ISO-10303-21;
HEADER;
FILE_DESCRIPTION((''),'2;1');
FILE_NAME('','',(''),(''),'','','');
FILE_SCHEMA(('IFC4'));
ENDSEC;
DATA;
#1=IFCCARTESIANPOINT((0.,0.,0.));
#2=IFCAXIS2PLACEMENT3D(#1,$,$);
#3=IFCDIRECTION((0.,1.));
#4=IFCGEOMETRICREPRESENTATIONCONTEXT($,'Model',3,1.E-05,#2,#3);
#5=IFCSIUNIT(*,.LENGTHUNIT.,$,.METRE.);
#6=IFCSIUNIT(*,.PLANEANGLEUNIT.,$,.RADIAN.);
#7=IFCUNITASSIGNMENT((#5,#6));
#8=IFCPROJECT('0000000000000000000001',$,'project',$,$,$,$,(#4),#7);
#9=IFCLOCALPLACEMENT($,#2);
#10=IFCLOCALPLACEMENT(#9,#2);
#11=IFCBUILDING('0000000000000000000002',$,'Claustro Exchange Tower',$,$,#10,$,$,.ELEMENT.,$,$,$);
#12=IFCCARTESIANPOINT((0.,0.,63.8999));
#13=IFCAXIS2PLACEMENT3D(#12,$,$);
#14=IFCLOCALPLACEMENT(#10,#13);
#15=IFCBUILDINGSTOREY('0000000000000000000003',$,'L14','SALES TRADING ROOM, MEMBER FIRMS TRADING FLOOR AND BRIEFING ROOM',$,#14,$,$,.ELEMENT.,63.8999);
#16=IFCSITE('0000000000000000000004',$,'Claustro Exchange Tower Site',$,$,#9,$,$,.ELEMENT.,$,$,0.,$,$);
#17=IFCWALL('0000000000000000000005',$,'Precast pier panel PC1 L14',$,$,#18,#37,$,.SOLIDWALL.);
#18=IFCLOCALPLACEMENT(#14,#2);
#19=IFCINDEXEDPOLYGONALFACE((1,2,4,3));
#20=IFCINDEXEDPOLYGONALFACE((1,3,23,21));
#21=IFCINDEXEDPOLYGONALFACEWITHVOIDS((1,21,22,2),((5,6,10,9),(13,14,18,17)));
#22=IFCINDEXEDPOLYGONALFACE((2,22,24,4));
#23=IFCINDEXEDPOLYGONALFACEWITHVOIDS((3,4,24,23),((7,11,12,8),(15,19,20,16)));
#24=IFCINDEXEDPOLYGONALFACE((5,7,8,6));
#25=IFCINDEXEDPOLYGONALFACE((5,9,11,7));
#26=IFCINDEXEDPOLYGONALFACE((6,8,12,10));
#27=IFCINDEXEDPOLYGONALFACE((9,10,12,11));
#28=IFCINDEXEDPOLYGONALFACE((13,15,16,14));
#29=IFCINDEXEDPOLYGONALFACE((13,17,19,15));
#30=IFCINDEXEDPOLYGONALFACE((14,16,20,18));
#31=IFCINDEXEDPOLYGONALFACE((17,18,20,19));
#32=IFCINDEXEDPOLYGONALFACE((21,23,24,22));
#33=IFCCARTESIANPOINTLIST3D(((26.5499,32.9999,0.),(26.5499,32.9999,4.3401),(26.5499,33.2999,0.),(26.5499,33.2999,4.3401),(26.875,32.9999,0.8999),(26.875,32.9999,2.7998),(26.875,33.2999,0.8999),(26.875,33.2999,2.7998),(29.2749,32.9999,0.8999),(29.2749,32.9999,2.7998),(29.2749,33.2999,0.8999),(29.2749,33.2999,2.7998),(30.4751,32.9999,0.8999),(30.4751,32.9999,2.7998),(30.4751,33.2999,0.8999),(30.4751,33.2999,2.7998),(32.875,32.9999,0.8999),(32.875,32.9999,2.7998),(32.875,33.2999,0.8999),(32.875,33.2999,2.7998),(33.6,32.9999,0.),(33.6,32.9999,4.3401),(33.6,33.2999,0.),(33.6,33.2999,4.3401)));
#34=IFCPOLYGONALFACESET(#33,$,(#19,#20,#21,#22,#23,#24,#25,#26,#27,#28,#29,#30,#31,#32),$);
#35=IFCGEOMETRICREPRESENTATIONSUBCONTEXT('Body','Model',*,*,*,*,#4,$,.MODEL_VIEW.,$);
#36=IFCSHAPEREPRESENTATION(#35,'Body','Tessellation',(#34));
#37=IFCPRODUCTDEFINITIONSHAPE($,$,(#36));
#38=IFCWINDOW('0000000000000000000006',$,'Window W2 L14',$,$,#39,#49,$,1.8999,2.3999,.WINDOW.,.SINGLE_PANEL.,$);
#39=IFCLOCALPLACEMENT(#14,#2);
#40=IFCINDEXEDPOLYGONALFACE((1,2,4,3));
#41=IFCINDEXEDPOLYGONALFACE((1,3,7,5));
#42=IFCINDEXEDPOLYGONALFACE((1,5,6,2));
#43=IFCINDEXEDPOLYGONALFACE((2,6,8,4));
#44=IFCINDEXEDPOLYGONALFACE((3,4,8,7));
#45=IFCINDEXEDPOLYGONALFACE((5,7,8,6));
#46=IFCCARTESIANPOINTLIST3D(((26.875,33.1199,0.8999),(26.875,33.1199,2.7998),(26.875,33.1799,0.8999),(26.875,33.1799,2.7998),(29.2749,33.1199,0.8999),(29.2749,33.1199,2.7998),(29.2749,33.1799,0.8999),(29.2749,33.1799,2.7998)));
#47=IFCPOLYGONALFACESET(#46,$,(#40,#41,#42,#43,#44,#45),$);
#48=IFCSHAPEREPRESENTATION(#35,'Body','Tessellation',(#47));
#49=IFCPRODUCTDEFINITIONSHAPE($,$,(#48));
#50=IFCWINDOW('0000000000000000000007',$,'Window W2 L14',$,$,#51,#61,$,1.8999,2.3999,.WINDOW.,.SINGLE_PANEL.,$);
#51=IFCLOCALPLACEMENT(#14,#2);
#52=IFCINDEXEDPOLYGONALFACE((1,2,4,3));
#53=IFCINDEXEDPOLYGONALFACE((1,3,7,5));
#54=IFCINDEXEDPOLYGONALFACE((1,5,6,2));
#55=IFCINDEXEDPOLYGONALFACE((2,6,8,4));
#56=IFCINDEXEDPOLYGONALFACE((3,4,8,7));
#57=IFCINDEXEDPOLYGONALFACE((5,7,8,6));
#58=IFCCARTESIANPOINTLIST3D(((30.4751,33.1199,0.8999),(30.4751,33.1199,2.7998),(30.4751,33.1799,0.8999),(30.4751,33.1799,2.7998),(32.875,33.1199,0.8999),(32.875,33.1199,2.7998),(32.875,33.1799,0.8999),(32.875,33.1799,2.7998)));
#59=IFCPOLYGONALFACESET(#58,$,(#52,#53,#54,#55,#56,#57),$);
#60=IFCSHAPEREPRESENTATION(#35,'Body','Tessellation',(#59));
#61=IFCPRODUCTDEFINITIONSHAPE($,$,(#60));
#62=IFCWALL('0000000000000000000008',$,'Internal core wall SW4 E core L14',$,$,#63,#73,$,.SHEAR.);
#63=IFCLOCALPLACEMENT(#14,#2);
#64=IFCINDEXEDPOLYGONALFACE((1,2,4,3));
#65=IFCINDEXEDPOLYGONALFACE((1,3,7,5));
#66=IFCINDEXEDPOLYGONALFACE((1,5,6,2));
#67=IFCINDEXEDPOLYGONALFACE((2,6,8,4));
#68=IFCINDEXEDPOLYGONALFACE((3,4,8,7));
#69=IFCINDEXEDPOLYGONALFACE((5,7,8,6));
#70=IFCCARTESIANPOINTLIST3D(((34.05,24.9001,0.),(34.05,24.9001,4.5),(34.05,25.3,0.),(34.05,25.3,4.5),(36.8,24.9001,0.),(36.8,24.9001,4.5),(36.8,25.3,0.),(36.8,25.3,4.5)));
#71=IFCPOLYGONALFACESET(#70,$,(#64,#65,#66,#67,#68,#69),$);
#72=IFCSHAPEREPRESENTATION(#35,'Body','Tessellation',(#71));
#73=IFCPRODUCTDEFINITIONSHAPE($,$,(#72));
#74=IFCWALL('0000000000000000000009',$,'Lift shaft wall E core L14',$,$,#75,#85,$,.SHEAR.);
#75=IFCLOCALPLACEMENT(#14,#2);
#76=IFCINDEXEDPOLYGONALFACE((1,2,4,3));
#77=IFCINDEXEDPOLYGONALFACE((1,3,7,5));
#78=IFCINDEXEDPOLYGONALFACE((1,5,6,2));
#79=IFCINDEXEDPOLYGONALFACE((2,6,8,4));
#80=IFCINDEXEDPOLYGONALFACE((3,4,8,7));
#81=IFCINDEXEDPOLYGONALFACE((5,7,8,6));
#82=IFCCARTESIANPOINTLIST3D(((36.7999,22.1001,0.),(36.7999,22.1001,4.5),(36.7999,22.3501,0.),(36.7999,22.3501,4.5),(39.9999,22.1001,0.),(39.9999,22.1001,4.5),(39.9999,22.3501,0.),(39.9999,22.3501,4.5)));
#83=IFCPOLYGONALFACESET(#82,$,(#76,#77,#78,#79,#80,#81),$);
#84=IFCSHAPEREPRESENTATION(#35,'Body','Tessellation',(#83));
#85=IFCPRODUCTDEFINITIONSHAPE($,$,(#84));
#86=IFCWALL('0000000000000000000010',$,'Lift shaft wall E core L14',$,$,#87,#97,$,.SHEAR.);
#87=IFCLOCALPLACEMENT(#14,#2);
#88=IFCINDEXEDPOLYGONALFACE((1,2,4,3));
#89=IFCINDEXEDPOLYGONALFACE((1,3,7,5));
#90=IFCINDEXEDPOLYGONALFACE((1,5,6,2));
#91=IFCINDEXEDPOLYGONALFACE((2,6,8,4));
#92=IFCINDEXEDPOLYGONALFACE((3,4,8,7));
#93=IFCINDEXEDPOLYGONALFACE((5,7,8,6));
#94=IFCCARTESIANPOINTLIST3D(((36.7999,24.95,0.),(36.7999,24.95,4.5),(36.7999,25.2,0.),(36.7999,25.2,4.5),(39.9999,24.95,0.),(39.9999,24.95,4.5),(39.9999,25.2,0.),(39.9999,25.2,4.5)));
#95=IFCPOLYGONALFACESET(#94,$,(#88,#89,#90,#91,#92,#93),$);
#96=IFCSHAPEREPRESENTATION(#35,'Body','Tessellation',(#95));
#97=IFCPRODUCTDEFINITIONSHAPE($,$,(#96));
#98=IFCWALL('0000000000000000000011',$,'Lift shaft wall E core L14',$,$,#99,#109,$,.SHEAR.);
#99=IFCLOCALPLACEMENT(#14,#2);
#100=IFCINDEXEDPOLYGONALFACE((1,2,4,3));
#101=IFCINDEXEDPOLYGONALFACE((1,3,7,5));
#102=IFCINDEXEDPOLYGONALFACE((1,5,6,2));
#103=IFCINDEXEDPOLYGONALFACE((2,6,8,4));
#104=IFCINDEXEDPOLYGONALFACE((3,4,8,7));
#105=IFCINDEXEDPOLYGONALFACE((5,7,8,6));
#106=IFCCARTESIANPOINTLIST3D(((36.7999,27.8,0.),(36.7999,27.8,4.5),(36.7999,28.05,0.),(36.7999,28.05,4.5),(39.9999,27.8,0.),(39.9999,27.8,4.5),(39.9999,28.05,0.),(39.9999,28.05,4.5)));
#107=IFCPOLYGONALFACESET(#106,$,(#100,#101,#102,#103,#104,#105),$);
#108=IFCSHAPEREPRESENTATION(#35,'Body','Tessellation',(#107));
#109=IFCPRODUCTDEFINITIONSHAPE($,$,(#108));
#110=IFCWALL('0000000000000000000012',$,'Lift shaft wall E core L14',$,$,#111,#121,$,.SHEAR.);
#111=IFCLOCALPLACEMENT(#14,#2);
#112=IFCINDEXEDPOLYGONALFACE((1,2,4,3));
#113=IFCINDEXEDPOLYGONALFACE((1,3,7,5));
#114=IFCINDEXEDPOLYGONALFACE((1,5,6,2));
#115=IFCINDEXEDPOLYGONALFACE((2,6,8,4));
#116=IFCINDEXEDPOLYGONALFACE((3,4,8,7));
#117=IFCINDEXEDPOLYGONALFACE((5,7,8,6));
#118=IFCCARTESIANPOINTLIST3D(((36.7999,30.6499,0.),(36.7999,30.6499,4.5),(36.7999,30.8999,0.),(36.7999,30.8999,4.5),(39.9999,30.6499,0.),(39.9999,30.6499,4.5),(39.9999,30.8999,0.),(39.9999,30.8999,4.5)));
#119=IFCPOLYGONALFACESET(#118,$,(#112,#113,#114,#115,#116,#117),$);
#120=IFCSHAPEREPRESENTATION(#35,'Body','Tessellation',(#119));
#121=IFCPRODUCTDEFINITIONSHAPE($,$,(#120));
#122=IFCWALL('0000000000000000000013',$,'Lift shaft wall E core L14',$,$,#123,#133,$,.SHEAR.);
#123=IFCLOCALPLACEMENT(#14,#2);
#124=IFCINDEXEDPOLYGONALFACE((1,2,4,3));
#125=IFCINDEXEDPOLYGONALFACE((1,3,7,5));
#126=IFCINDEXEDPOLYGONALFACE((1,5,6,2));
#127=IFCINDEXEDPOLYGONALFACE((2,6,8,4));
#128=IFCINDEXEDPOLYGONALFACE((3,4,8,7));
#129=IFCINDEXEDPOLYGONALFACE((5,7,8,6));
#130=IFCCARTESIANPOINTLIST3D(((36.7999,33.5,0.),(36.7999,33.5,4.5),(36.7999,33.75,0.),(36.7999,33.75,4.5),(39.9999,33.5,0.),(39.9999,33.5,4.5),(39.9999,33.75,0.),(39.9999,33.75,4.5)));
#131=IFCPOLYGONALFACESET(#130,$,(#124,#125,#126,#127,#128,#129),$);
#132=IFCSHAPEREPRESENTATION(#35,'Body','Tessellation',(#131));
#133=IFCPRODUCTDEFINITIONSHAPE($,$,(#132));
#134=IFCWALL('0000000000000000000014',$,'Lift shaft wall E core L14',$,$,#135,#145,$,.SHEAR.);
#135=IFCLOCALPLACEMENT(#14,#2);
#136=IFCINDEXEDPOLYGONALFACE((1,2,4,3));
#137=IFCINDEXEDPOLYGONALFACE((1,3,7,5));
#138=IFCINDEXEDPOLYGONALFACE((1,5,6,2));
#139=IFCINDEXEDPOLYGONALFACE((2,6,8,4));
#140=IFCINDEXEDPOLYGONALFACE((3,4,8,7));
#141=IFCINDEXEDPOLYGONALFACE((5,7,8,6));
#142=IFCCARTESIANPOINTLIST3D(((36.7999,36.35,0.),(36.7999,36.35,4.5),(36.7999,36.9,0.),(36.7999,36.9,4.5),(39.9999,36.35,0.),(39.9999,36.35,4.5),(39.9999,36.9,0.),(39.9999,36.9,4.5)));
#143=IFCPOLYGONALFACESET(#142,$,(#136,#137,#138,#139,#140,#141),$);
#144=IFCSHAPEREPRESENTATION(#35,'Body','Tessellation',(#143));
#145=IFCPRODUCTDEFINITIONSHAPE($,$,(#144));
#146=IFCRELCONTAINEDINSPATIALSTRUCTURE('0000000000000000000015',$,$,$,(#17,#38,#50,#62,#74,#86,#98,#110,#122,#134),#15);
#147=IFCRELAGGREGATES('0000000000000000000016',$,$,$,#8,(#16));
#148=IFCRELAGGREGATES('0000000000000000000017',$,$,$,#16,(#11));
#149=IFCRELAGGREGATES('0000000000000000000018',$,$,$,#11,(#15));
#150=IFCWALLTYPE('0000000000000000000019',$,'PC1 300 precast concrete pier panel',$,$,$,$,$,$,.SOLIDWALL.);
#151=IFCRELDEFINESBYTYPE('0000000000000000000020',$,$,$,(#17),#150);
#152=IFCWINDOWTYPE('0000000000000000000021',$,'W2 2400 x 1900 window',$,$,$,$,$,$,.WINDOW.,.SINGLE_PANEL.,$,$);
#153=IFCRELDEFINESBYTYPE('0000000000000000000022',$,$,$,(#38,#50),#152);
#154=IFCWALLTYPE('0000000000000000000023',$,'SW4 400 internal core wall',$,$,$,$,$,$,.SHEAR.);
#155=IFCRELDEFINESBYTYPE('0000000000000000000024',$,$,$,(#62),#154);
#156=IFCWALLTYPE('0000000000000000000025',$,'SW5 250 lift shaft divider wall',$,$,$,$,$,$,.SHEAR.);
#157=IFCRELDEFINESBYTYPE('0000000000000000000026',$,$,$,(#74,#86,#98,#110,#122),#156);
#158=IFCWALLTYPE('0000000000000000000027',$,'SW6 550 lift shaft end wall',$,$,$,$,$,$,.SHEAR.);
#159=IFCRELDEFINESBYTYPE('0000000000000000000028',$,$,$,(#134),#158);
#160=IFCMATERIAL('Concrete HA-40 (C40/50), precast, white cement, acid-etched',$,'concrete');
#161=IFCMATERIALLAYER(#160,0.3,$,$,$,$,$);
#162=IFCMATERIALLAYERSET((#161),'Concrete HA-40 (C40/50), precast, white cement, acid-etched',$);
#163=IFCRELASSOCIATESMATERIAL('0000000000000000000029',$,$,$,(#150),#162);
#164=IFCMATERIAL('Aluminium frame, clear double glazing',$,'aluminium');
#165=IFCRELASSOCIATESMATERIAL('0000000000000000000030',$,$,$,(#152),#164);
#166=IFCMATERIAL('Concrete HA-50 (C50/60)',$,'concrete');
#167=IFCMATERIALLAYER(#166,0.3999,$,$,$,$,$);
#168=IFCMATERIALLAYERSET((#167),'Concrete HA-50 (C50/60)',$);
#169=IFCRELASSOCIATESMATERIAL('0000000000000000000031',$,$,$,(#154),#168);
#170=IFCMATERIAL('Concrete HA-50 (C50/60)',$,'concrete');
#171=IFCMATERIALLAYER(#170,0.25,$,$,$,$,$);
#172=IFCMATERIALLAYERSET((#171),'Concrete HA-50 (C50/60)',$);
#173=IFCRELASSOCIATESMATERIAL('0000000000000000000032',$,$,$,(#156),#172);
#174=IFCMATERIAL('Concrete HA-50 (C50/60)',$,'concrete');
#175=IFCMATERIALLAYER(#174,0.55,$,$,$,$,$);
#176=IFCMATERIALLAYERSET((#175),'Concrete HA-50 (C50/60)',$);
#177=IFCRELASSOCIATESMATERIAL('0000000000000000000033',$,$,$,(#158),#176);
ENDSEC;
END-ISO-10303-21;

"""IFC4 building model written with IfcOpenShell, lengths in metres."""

from ifc_helpers import new_model, si_unit, direction, frame, frame_2d, origin, place, context, subcontext, project, spatial, rectangle, extrude, material, layer, layer_set, type_object, element, fill, save


model = new_model("IFC4")

# Units and contexts
model_context = context("Model", 3, precision=1e-05, world=origin(), true_north=direction((0.0, 1.0)))
body_context = subcontext(model_context, "Body", "Model", "MODEL_VIEW")
ifc_project = project(units=[si_unit("LENGTHUNIT", "METRE"), si_unit("PLANEANGLEUNIT", "RADIAN")], contexts=[model_context])

# Site, building, storey
site_placement = place(None, origin())
site = spatial("IfcSite", under=ifc_project, at=site_placement, Name="Claustro Exchange Tower Site", CompositionType="ELEMENT", RefElevation=0.0)
building_placement = place(site_placement, origin())
building = spatial("IfcBuilding", under=site, at=building_placement, Name="Claustro Exchange Tower", CompositionType="ELEMENT")
storey_placement = place(building_placement, frame((0.0, 0.0, 63.8999)))
storey = spatial("IfcBuildingStorey", under=building, at=storey_placement, Name="L14", Description="SALES TRADING ROOM, MEMBER FIRMS TRADING FLOOR AND BRIEFING ROOM", CompositionType="ELEMENT", Elevation=63.8999)

# Wall, openings, windows
ifc_material_1 = material(Name="Concrete HA-40 (C40/50), precast, white cement, acid-etched", Category="concrete")
ifc_layer_1 = layer(ifc_material_1, 0.3)
ifc_layer_set_1 = layer_set([ifc_layer_1], Name="Concrete HA-40 (C40/50), precast, white cement, acid-etched")
wall_type_1 = type_object("IfcWallType", Name="PC1 300 precast concrete pier panel", PredefinedType="SOLIDWALL", material=ifc_layer_set_1)
wall_1_placement = place(storey_placement, frame((26.55, 33.1499, 0.0), z_axis=(0.0, 0.0, 1.0), x_axis=(1.0, 0.0, 0.0)))
wall_1 = element("IfcWall", 1, at=wall_1_placement, inside=storey, type_object=wall_type_1, Name="Precast pier panel PC1 L14", PredefinedType="SOLIDWALL", context=body_context, shape_type="SweptSolid", body=[
    extrude(rectangle(XDim=7.05, YDim=0.3, at=frame_2d((3.5249, 0.0))), origin(), (0.0, 0.0, 1.0), 4.3401),
])
opening_1_placement = place(wall_1_placement, frame((0.325, 0.0, 0.8999)))
opening_1 = element("IfcOpeningElement", 2, at=opening_1_placement, cuts=wall_1, PredefinedType="OPENING", context=body_context, shape_type="SweptSolid", body=[
    extrude(rectangle(XDim=2.3999, YDim=1.8999, at=frame_2d((1.2, 0.95))), frame((0.0, 0.1599, 0.0), z_axis=(0.0, -1.0, 0.0), x_axis=(1.0, 0.0, 0.0)), (0.0, 0.0, 1.0), 0.3201),
])
opening_2_placement = place(wall_1_placement, frame((3.925, 0.0, 0.8999)))
opening_2 = element("IfcOpeningElement", 3, at=opening_2_placement, cuts=wall_1, PredefinedType="OPENING", context=body_context, shape_type="SweptSolid", body=[
    extrude(rectangle(XDim=2.3999, YDim=1.8999, at=frame_2d((1.2, 0.95))), frame((0.0, 0.1599, 0.0), z_axis=(0.0, -1.0, 0.0), x_axis=(1.0, 0.0, 0.0)), (0.0, 0.0, 1.0), 0.3201),
])
ifc_material_2 = material(Name="Aluminium frame, clear double glazing", Category="aluminium")
window_type = type_object("IfcWindowType", Name="W2 2400 x 1900 window", PartitioningType="SINGLE_PANEL", PredefinedType="WINDOW", material=ifc_material_2)
window_1_placement = place(opening_1_placement, origin())
window_1 = element("IfcWindow", 4, at=window_1_placement, inside=storey, type_object=window_type, Name="Window W2 L14", OverallHeight=1.8999, OverallWidth=2.3999, PartitioningType="SINGLE_PANEL", PredefinedType="WINDOW", context=body_context, shape_type="SweptSolid", body=[
    extrude(rectangle(XDim=2.3999, YDim=1.8999, at=frame_2d((1.2, 0.95))), frame((0.0, 0.03, 0.0), z_axis=(0.0, -1.0, 0.0), x_axis=(1.0, 0.0, 0.0)), (0.0, 0.0, 1.0), 0.0601),
])
fill(opening_1, window_1)
window_2_placement = place(opening_2_placement, origin())
window_2 = element("IfcWindow", 5, at=window_2_placement, inside=storey, type_object=window_type, Name="Window W2 L14", OverallHeight=1.8999, OverallWidth=2.3999, PartitioningType="SINGLE_PANEL", PredefinedType="WINDOW", context=body_context, shape_type="SweptSolid", body=[
    extrude(rectangle(XDim=2.3999, YDim=1.8999, at=frame_2d((1.2, 0.95))), frame((0.0, 0.03, 0.0), z_axis=(0.0, -1.0, 0.0), x_axis=(1.0, 0.0, 0.0)), (0.0, 0.0, 1.0), 0.0601),
])
fill(opening_2, window_2)

# Walls
ifc_material_3 = material(Name="Concrete HA-50 (C50/60)", Category="concrete")
ifc_layer_2 = layer(ifc_material_3, 0.3999)
ifc_layer_set_2 = layer_set([ifc_layer_2], Name="Concrete HA-50 (C50/60)")
wall_type_2 = type_object("IfcWallType", Name="SW4 400 internal core wall", PredefinedType="SHEAR", material=ifc_layer_set_2)
wall_2_placement = place(storey_placement, frame((36.8, 25.1001, 0.0), z_axis=(0.0, 0.0, 1.0), x_axis=(-1.0, 0.0, 0.0)))
element("IfcWall", 6, at=wall_2_placement, inside=storey, type_object=wall_type_2, Name="Internal core wall SW4 E core L14", PredefinedType="SHEAR", context=body_context, shape_type="SweptSolid", body=[
    extrude(rectangle(XDim=2.75, YDim=0.3999, at=frame_2d((1.375, 0.0))), origin(), (0.0, 0.0, 1.0), 4.5),
])
ifc_material_4 = material(Name="Concrete HA-50 (C50/60)", Category="concrete")
ifc_layer_3 = layer(ifc_material_4, 0.25)
ifc_layer_set_3 = layer_set([ifc_layer_3], Name="Concrete HA-50 (C50/60)")
wall_type_3 = type_object("IfcWallType", Name="SW5 250 lift shaft divider wall", PredefinedType="SHEAR", material=ifc_layer_set_3)
for number, where, z_axis, x_axis, name in (
    (7, (40.0, 22.2251, 0.0), (0.0, 0.0, 1.0), (-1.0, 0.0, 0.0), "Lift shaft wall E core L14"),
    (8, (40.0, 25.075, 0.0), (0.0, 0.0, 1.0), (-1.0, 0.0, 0.0), "Lift shaft wall E core L14"),
    (9, (40.0, 27.925, 0.0), (0.0, 0.0, 1.0), (-1.0, 0.0, 0.0), "Lift shaft wall E core L14"),
    (10, (40.0, 30.7749, 0.0), (0.0, 0.0, 1.0), (-1.0, 0.0, 0.0), "Lift shaft wall E core L14"),
    (11, (40.0, 33.625, 0.0), (0.0, 0.0, 1.0), (-1.0, 0.0, 0.0), "Lift shaft wall E core L14"),
):
    element("IfcWall", number, at=place(storey_placement, frame(where, z_axis=z_axis, x_axis=x_axis)), inside=storey, type_object=wall_type_3, Name=name, PredefinedType="SHEAR", context=body_context, shape_type="SweptSolid", body=[
        extrude(rectangle(XDim=3.2, YDim=0.25, at=frame_2d((1.6001, 0.0))), origin(), (0.0, 0.0, 1.0), 4.5),
    ])
ifc_material_5 = material(Name="Concrete HA-50 (C50/60)", Category="concrete")
ifc_layer_4 = layer(ifc_material_5, 0.55)
ifc_layer_set_4 = layer_set([ifc_layer_4], Name="Concrete HA-50 (C50/60)")
wall_type_4 = type_object("IfcWallType", Name="SW6 550 lift shaft end wall", PredefinedType="SHEAR", material=ifc_layer_set_4)
wall_3_placement = place(storey_placement, frame((40.0, 36.625, 0.0), z_axis=(0.0, 0.0, 1.0), x_axis=(-1.0, 0.0, 0.0)))
element("IfcWall", 12, at=wall_3_placement, inside=storey, type_object=wall_type_4, Name="Lift shaft wall E core L14", PredefinedType="SHEAR", context=body_context, shape_type="SweptSolid", body=[
    extrude(rectangle(XDim=3.2, YDim=0.55, at=frame_2d((1.6001, 0.0))), origin(), (0.0, 0.0, 1.0), 4.5),
])

save(model, "model.ifc")
